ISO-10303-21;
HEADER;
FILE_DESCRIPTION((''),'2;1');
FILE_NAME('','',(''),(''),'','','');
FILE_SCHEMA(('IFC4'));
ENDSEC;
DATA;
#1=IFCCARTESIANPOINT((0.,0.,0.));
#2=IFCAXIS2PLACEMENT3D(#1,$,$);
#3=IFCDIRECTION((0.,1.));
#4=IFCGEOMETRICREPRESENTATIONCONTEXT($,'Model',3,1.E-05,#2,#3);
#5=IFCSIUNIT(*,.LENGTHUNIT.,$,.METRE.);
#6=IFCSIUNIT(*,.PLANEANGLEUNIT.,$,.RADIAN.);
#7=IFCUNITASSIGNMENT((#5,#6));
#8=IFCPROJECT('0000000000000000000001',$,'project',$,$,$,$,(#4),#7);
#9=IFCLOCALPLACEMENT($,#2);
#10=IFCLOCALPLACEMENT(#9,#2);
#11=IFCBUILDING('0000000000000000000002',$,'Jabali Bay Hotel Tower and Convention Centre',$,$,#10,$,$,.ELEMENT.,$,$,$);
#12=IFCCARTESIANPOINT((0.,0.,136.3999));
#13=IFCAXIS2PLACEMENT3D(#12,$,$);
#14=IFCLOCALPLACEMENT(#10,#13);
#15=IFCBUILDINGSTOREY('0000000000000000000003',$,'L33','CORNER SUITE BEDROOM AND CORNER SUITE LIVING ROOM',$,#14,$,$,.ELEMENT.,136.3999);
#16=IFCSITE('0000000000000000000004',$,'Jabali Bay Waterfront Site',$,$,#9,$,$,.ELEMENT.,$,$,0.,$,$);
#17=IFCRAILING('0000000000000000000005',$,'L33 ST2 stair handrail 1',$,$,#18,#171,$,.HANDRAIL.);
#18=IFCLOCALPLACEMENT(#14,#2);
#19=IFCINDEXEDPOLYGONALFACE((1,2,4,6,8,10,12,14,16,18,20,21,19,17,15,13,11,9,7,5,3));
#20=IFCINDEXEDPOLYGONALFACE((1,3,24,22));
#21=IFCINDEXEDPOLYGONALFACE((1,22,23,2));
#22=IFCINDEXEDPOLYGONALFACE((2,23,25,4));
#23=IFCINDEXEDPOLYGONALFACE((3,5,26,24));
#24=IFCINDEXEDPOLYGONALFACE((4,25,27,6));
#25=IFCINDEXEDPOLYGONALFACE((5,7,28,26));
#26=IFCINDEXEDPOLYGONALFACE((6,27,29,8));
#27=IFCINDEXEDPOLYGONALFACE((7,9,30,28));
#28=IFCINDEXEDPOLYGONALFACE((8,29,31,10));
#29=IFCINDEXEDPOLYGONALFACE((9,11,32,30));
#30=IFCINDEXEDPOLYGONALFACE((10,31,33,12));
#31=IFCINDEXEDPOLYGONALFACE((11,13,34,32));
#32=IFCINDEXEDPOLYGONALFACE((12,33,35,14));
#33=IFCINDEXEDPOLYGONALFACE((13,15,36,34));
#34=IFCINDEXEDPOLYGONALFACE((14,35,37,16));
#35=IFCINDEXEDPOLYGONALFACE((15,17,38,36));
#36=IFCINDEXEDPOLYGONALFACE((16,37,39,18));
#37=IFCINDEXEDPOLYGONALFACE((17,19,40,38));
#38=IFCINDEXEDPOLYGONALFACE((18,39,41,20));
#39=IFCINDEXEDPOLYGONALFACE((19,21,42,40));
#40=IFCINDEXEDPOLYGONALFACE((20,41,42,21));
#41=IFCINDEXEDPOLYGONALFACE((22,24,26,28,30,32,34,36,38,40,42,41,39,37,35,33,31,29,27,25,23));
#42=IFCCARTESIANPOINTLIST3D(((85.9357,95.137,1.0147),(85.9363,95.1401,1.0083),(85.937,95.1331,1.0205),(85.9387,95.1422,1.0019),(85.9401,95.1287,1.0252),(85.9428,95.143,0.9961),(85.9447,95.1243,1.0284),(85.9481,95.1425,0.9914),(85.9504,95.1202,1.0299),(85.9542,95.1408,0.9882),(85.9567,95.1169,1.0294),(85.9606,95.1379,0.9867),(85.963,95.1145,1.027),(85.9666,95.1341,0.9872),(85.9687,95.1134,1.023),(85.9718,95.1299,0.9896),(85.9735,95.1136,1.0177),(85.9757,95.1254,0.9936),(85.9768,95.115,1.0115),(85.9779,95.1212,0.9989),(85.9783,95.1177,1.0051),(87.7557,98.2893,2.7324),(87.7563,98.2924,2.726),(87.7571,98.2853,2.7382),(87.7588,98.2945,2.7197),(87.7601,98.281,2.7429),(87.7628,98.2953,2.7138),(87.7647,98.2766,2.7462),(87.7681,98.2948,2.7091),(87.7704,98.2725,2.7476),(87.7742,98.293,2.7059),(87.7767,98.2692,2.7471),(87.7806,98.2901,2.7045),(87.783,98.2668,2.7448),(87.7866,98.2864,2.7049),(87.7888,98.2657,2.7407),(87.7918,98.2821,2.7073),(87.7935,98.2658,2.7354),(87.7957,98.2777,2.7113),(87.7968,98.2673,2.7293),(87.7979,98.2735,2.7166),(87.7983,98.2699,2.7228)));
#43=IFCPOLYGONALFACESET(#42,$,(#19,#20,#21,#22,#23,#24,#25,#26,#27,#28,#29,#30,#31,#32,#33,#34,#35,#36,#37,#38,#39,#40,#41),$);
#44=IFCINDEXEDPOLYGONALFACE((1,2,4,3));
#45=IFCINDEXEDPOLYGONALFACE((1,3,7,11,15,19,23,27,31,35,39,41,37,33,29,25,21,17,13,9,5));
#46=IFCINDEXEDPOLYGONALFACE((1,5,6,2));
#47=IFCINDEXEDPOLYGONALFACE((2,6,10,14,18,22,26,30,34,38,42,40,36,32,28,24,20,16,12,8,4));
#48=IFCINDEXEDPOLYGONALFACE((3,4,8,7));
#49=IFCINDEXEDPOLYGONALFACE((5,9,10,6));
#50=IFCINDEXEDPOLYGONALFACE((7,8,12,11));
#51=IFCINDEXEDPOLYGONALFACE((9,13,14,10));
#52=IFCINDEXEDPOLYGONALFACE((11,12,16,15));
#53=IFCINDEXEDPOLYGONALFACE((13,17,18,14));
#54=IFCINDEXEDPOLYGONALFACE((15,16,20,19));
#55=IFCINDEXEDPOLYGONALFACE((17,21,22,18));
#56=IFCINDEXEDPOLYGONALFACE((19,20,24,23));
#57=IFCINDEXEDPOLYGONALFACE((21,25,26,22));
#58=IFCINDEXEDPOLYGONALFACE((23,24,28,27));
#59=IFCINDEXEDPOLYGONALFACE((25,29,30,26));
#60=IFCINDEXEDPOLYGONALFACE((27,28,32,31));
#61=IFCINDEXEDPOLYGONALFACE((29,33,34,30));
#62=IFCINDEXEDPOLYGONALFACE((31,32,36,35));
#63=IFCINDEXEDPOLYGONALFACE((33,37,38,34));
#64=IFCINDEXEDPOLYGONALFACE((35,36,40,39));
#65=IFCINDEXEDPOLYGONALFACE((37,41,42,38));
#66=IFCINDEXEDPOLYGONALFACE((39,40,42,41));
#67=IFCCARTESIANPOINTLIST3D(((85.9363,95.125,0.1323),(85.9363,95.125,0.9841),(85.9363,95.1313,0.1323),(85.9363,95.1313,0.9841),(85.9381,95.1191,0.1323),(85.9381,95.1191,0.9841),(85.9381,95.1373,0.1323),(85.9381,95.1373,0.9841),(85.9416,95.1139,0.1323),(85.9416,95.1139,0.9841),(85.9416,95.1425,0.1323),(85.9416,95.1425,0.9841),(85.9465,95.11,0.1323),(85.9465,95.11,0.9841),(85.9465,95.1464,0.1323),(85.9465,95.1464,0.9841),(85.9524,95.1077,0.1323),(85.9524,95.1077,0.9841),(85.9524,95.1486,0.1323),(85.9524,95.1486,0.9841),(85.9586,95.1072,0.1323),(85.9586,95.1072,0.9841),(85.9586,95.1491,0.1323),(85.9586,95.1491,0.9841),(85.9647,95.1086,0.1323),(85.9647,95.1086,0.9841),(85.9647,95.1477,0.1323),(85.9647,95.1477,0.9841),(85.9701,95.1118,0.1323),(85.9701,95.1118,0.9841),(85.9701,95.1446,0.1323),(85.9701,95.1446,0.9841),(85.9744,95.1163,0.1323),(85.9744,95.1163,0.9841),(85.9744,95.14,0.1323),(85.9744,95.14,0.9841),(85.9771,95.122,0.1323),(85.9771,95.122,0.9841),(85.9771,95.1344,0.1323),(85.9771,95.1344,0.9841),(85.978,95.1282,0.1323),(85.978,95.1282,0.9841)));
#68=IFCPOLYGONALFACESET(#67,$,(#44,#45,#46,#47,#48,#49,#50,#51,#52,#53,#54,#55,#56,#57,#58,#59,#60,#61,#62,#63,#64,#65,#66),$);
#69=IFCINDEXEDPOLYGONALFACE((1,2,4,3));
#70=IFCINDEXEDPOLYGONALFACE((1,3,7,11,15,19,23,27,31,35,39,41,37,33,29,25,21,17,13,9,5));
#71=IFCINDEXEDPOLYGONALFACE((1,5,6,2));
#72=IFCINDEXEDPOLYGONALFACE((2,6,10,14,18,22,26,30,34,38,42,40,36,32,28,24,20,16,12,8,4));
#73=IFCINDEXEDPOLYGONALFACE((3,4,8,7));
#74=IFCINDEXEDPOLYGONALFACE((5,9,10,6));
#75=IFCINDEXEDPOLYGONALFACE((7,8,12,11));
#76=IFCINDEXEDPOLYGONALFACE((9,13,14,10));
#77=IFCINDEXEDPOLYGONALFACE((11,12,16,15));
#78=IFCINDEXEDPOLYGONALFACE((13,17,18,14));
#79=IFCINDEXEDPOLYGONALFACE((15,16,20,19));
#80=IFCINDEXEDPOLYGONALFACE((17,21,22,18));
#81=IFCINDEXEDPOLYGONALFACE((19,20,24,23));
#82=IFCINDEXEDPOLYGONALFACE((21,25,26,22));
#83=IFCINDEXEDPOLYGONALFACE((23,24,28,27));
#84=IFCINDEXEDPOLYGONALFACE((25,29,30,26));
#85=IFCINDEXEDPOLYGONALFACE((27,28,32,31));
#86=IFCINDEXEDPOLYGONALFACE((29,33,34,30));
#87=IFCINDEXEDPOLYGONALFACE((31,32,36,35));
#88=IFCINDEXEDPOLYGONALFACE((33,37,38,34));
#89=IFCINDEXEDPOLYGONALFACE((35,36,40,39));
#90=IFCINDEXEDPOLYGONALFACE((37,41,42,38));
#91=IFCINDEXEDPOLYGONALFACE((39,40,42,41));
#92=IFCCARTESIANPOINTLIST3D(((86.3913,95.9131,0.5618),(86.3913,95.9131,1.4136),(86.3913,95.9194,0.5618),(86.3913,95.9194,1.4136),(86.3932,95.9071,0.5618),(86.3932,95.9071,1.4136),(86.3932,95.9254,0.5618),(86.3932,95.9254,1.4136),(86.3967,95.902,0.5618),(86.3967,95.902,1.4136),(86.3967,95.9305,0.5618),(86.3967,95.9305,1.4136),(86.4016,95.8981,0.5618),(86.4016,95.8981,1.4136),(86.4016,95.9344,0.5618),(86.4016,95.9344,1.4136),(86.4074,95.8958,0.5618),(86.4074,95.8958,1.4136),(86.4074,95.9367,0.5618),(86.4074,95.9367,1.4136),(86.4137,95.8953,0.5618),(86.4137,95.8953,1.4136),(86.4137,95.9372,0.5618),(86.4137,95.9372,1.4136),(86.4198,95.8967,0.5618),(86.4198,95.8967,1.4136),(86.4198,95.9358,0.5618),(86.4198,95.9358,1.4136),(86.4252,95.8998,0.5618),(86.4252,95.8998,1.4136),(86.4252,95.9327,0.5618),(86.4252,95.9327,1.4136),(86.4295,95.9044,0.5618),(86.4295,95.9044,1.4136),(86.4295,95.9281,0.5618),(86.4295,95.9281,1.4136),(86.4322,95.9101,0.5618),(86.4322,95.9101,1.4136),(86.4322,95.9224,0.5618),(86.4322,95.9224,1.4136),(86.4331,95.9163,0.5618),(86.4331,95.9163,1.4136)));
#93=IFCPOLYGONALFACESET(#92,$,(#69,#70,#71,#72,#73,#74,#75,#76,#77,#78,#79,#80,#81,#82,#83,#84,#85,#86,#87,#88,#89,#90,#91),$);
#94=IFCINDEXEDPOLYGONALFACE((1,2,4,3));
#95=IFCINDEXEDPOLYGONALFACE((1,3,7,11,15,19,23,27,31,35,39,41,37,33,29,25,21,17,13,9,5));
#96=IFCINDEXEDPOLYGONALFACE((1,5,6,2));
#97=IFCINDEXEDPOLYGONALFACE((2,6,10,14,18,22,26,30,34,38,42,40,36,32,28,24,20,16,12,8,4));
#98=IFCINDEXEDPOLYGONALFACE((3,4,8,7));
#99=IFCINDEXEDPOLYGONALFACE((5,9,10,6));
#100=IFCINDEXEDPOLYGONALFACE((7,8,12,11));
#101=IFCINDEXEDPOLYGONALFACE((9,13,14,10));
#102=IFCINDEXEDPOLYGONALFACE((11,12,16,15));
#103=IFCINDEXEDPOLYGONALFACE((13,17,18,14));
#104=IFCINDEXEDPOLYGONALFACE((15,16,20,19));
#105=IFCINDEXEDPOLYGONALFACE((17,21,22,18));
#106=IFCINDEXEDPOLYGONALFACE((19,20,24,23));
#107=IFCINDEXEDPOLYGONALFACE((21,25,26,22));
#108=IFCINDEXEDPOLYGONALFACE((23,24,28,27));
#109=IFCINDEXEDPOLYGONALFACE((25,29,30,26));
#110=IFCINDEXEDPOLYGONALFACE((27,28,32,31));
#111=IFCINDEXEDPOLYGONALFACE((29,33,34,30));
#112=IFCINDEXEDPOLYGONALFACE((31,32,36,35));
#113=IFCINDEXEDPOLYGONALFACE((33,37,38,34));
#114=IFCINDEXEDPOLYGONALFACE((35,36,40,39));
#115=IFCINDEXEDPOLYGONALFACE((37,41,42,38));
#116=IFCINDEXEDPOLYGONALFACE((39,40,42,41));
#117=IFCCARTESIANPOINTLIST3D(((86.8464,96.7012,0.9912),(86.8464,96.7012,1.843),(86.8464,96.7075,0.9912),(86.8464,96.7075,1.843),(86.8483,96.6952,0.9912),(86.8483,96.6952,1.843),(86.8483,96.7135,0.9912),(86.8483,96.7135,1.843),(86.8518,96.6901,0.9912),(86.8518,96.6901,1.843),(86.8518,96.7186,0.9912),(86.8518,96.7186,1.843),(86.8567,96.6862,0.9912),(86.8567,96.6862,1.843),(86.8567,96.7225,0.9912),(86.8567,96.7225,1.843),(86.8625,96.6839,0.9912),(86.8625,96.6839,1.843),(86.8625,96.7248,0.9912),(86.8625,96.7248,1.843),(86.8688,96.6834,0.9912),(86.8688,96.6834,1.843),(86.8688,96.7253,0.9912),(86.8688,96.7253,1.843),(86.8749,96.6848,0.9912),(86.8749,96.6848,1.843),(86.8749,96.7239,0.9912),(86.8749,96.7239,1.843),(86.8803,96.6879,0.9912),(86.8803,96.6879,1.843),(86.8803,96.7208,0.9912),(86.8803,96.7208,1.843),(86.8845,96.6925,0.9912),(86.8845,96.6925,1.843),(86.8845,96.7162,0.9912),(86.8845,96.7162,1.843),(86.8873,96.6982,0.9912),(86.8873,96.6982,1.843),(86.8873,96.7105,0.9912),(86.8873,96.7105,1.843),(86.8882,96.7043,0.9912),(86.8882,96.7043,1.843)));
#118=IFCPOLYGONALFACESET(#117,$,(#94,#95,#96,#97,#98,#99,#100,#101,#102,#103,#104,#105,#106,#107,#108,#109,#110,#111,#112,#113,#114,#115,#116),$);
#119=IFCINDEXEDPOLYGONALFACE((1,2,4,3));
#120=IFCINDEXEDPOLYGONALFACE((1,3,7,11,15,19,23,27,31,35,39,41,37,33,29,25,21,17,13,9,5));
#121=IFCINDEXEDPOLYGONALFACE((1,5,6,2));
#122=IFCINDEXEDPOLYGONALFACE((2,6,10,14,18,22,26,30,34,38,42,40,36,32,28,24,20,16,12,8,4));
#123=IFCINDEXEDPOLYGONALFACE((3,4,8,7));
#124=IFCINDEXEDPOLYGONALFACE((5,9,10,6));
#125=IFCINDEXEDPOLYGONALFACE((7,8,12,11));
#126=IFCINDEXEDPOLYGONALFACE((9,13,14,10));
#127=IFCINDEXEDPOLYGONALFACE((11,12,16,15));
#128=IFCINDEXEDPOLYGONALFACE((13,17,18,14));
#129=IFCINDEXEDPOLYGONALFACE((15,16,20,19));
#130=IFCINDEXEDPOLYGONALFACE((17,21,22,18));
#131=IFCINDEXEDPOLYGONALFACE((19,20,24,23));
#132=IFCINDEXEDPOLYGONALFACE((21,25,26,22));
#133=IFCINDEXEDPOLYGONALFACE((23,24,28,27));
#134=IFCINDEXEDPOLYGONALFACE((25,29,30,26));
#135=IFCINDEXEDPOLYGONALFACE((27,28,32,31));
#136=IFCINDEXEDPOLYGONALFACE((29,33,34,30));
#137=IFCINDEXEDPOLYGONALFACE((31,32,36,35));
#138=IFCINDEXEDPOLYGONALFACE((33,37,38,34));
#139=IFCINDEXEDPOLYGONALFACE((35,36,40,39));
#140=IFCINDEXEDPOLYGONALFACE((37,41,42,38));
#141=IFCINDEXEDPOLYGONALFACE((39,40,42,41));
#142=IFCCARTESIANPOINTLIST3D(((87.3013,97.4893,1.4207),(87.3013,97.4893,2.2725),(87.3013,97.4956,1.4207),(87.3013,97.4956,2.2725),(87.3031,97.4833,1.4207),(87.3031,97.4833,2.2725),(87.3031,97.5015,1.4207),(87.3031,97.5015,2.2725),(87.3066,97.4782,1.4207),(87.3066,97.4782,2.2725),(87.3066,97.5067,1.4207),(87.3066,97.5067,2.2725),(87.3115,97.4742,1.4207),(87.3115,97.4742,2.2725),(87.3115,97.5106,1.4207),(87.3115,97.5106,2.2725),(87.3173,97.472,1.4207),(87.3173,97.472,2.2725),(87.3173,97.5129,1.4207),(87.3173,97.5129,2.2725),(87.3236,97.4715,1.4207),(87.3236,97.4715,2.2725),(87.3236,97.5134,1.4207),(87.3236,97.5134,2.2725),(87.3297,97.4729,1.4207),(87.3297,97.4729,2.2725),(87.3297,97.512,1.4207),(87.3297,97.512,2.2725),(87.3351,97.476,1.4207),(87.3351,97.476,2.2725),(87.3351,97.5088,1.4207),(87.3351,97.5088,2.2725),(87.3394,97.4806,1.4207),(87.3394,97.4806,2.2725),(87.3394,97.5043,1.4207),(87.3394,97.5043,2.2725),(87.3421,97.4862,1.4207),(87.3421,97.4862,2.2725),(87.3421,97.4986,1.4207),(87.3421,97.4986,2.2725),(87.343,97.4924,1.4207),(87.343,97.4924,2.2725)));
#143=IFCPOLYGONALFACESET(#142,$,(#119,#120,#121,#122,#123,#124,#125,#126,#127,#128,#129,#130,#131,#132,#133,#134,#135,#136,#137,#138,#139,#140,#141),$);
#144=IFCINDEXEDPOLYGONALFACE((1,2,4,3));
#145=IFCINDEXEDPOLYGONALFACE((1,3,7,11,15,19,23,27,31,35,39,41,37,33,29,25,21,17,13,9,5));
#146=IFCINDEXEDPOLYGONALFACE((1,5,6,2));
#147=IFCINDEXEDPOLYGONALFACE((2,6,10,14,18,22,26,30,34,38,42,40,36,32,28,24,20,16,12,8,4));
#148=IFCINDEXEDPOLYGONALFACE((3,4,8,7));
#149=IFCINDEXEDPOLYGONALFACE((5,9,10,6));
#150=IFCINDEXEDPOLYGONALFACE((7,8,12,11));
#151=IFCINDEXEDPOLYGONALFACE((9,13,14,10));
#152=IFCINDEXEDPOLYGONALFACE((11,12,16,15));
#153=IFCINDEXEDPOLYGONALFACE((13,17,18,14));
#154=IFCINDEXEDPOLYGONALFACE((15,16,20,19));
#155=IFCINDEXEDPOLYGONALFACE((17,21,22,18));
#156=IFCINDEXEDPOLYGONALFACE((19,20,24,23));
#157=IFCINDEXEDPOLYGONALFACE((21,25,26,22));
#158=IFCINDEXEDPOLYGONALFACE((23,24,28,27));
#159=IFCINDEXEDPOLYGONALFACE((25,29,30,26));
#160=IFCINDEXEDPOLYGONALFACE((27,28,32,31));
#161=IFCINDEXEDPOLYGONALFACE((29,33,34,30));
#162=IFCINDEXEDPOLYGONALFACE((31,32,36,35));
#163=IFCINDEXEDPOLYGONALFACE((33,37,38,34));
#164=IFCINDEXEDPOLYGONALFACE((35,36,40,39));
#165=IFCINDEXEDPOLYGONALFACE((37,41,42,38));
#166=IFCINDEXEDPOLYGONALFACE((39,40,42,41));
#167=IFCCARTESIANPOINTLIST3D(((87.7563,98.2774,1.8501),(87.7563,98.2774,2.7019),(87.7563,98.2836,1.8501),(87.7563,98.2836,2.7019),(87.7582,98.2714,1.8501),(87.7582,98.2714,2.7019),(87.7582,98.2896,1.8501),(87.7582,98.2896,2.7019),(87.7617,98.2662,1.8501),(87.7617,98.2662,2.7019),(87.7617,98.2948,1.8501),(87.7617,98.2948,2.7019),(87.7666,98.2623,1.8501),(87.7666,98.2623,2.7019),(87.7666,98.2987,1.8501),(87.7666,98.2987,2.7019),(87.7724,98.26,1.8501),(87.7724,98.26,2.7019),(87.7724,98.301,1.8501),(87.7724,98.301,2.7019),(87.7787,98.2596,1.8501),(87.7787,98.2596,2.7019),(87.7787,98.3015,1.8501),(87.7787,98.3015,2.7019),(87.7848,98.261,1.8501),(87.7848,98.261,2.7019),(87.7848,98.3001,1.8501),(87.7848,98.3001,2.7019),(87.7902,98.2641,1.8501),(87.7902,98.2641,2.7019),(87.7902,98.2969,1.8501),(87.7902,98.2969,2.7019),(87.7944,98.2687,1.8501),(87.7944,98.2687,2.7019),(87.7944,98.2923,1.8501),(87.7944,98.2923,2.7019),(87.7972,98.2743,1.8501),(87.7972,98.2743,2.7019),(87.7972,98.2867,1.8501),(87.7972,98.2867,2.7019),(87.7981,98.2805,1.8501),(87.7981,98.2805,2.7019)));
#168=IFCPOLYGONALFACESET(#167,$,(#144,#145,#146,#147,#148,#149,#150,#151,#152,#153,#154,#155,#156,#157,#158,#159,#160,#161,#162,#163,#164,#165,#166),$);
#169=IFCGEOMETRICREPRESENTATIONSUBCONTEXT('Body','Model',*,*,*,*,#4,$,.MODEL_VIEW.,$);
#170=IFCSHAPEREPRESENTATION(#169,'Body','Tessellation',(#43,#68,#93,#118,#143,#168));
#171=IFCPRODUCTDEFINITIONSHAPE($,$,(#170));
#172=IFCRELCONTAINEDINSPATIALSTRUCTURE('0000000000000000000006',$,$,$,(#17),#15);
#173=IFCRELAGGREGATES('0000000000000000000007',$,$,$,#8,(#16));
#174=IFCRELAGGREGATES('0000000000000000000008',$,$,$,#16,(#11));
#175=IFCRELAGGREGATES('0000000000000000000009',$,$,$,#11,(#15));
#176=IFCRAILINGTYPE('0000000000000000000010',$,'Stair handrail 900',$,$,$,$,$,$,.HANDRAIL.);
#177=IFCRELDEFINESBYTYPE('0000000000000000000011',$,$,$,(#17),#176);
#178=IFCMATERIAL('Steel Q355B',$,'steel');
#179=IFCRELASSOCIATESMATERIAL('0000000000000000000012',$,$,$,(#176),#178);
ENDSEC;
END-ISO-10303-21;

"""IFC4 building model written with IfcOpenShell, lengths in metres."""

from ifc_helpers import new_model, si_unit, direction, frame, origin, origin_2d, place, context, subcontext, project, spatial, circle, extrude, material, type_object, element, save


model = new_model("IFC4")

# Units and contexts
model_context = context("Model", 3, precision=1e-05, world=origin(), true_north=direction((0.0, 1.0)))
body_context = subcontext(model_context, "Body", "Model", "MODEL_VIEW")
ifc_project = project(units=[si_unit("LENGTHUNIT", "METRE"), si_unit("PLANEANGLEUNIT", "RADIAN")], contexts=[model_context])

# Site, building, storey
site_placement = place(None, origin())
site = spatial("IfcSite", under=ifc_project, at=site_placement, Name="Jabali Bay Waterfront Site", CompositionType="ELEMENT", RefElevation=0.0)
building_placement = place(site_placement, origin())
building = spatial("IfcBuilding", under=site, at=building_placement, Name="Jabali Bay Hotel Tower and Convention Centre", CompositionType="ELEMENT")
storey_placement = place(building_placement, frame((0.0, 0.0, 136.3999)))
storey = spatial("IfcBuildingStorey", under=building, at=storey_placement, Name="L33", Description="CORNER SUITE BEDROOM AND CORNER SUITE LIVING ROOM", CompositionType="ELEMENT", Elevation=136.3999)

# Railing
ifc_material_1 = material(Name="Steel Q355B", Category="steel")
railing_type_1 = type_object("IfcRailingType", Name="Stair handrail 900", PredefinedType="HANDRAIL", material=ifc_material_1)
railing_1_placement = place(storey_placement, frame((85.957, 95.1282, 0.1323)))
element("IfcRailing", 1, at=railing_1_placement, inside=storey, type_object=railing_type_1, Name="L33 ST2 stair handrail 1", PredefinedType="HANDRAIL", context=body_context, shape_type="SweptSolid", body=[
    extrude(circle(Radius=0.0239, at=origin_2d()), frame((0.0, 0.0, 0.876), z_axis=(0.45219, 0.78319, 0.426775), x_axis=(-0.866018, 0.500013, 0.0)), (0.0, 0.0, 1.0), 4.0249),
    extrude(circle(Radius=0.021, at=origin_2d()), origin(), (0.0, 0.0, 1.0), 0.8518),
    extrude(circle(Radius=0.021, at=origin_2d()), frame((0.4551, 0.7881, 0.4294)), (0.0, 0.0, 1.0), 0.8518),
    extrude(circle(Radius=0.021, at=origin_2d()), frame((0.9102, 1.5762, 0.8589)), (0.0, 0.0, 1.0), 0.8518),
    extrude(circle(Radius=0.021, at=origin_2d()), frame((1.365, 2.3643, 1.2883)), (0.0, 0.0, 1.0), 0.8518),
    extrude(circle(Radius=0.021, at=origin_2d()), frame((1.8201, 3.1523, 1.7178)), (0.0, 0.0, 1.0), 0.8518),
])

save(model, "model.ifc")
